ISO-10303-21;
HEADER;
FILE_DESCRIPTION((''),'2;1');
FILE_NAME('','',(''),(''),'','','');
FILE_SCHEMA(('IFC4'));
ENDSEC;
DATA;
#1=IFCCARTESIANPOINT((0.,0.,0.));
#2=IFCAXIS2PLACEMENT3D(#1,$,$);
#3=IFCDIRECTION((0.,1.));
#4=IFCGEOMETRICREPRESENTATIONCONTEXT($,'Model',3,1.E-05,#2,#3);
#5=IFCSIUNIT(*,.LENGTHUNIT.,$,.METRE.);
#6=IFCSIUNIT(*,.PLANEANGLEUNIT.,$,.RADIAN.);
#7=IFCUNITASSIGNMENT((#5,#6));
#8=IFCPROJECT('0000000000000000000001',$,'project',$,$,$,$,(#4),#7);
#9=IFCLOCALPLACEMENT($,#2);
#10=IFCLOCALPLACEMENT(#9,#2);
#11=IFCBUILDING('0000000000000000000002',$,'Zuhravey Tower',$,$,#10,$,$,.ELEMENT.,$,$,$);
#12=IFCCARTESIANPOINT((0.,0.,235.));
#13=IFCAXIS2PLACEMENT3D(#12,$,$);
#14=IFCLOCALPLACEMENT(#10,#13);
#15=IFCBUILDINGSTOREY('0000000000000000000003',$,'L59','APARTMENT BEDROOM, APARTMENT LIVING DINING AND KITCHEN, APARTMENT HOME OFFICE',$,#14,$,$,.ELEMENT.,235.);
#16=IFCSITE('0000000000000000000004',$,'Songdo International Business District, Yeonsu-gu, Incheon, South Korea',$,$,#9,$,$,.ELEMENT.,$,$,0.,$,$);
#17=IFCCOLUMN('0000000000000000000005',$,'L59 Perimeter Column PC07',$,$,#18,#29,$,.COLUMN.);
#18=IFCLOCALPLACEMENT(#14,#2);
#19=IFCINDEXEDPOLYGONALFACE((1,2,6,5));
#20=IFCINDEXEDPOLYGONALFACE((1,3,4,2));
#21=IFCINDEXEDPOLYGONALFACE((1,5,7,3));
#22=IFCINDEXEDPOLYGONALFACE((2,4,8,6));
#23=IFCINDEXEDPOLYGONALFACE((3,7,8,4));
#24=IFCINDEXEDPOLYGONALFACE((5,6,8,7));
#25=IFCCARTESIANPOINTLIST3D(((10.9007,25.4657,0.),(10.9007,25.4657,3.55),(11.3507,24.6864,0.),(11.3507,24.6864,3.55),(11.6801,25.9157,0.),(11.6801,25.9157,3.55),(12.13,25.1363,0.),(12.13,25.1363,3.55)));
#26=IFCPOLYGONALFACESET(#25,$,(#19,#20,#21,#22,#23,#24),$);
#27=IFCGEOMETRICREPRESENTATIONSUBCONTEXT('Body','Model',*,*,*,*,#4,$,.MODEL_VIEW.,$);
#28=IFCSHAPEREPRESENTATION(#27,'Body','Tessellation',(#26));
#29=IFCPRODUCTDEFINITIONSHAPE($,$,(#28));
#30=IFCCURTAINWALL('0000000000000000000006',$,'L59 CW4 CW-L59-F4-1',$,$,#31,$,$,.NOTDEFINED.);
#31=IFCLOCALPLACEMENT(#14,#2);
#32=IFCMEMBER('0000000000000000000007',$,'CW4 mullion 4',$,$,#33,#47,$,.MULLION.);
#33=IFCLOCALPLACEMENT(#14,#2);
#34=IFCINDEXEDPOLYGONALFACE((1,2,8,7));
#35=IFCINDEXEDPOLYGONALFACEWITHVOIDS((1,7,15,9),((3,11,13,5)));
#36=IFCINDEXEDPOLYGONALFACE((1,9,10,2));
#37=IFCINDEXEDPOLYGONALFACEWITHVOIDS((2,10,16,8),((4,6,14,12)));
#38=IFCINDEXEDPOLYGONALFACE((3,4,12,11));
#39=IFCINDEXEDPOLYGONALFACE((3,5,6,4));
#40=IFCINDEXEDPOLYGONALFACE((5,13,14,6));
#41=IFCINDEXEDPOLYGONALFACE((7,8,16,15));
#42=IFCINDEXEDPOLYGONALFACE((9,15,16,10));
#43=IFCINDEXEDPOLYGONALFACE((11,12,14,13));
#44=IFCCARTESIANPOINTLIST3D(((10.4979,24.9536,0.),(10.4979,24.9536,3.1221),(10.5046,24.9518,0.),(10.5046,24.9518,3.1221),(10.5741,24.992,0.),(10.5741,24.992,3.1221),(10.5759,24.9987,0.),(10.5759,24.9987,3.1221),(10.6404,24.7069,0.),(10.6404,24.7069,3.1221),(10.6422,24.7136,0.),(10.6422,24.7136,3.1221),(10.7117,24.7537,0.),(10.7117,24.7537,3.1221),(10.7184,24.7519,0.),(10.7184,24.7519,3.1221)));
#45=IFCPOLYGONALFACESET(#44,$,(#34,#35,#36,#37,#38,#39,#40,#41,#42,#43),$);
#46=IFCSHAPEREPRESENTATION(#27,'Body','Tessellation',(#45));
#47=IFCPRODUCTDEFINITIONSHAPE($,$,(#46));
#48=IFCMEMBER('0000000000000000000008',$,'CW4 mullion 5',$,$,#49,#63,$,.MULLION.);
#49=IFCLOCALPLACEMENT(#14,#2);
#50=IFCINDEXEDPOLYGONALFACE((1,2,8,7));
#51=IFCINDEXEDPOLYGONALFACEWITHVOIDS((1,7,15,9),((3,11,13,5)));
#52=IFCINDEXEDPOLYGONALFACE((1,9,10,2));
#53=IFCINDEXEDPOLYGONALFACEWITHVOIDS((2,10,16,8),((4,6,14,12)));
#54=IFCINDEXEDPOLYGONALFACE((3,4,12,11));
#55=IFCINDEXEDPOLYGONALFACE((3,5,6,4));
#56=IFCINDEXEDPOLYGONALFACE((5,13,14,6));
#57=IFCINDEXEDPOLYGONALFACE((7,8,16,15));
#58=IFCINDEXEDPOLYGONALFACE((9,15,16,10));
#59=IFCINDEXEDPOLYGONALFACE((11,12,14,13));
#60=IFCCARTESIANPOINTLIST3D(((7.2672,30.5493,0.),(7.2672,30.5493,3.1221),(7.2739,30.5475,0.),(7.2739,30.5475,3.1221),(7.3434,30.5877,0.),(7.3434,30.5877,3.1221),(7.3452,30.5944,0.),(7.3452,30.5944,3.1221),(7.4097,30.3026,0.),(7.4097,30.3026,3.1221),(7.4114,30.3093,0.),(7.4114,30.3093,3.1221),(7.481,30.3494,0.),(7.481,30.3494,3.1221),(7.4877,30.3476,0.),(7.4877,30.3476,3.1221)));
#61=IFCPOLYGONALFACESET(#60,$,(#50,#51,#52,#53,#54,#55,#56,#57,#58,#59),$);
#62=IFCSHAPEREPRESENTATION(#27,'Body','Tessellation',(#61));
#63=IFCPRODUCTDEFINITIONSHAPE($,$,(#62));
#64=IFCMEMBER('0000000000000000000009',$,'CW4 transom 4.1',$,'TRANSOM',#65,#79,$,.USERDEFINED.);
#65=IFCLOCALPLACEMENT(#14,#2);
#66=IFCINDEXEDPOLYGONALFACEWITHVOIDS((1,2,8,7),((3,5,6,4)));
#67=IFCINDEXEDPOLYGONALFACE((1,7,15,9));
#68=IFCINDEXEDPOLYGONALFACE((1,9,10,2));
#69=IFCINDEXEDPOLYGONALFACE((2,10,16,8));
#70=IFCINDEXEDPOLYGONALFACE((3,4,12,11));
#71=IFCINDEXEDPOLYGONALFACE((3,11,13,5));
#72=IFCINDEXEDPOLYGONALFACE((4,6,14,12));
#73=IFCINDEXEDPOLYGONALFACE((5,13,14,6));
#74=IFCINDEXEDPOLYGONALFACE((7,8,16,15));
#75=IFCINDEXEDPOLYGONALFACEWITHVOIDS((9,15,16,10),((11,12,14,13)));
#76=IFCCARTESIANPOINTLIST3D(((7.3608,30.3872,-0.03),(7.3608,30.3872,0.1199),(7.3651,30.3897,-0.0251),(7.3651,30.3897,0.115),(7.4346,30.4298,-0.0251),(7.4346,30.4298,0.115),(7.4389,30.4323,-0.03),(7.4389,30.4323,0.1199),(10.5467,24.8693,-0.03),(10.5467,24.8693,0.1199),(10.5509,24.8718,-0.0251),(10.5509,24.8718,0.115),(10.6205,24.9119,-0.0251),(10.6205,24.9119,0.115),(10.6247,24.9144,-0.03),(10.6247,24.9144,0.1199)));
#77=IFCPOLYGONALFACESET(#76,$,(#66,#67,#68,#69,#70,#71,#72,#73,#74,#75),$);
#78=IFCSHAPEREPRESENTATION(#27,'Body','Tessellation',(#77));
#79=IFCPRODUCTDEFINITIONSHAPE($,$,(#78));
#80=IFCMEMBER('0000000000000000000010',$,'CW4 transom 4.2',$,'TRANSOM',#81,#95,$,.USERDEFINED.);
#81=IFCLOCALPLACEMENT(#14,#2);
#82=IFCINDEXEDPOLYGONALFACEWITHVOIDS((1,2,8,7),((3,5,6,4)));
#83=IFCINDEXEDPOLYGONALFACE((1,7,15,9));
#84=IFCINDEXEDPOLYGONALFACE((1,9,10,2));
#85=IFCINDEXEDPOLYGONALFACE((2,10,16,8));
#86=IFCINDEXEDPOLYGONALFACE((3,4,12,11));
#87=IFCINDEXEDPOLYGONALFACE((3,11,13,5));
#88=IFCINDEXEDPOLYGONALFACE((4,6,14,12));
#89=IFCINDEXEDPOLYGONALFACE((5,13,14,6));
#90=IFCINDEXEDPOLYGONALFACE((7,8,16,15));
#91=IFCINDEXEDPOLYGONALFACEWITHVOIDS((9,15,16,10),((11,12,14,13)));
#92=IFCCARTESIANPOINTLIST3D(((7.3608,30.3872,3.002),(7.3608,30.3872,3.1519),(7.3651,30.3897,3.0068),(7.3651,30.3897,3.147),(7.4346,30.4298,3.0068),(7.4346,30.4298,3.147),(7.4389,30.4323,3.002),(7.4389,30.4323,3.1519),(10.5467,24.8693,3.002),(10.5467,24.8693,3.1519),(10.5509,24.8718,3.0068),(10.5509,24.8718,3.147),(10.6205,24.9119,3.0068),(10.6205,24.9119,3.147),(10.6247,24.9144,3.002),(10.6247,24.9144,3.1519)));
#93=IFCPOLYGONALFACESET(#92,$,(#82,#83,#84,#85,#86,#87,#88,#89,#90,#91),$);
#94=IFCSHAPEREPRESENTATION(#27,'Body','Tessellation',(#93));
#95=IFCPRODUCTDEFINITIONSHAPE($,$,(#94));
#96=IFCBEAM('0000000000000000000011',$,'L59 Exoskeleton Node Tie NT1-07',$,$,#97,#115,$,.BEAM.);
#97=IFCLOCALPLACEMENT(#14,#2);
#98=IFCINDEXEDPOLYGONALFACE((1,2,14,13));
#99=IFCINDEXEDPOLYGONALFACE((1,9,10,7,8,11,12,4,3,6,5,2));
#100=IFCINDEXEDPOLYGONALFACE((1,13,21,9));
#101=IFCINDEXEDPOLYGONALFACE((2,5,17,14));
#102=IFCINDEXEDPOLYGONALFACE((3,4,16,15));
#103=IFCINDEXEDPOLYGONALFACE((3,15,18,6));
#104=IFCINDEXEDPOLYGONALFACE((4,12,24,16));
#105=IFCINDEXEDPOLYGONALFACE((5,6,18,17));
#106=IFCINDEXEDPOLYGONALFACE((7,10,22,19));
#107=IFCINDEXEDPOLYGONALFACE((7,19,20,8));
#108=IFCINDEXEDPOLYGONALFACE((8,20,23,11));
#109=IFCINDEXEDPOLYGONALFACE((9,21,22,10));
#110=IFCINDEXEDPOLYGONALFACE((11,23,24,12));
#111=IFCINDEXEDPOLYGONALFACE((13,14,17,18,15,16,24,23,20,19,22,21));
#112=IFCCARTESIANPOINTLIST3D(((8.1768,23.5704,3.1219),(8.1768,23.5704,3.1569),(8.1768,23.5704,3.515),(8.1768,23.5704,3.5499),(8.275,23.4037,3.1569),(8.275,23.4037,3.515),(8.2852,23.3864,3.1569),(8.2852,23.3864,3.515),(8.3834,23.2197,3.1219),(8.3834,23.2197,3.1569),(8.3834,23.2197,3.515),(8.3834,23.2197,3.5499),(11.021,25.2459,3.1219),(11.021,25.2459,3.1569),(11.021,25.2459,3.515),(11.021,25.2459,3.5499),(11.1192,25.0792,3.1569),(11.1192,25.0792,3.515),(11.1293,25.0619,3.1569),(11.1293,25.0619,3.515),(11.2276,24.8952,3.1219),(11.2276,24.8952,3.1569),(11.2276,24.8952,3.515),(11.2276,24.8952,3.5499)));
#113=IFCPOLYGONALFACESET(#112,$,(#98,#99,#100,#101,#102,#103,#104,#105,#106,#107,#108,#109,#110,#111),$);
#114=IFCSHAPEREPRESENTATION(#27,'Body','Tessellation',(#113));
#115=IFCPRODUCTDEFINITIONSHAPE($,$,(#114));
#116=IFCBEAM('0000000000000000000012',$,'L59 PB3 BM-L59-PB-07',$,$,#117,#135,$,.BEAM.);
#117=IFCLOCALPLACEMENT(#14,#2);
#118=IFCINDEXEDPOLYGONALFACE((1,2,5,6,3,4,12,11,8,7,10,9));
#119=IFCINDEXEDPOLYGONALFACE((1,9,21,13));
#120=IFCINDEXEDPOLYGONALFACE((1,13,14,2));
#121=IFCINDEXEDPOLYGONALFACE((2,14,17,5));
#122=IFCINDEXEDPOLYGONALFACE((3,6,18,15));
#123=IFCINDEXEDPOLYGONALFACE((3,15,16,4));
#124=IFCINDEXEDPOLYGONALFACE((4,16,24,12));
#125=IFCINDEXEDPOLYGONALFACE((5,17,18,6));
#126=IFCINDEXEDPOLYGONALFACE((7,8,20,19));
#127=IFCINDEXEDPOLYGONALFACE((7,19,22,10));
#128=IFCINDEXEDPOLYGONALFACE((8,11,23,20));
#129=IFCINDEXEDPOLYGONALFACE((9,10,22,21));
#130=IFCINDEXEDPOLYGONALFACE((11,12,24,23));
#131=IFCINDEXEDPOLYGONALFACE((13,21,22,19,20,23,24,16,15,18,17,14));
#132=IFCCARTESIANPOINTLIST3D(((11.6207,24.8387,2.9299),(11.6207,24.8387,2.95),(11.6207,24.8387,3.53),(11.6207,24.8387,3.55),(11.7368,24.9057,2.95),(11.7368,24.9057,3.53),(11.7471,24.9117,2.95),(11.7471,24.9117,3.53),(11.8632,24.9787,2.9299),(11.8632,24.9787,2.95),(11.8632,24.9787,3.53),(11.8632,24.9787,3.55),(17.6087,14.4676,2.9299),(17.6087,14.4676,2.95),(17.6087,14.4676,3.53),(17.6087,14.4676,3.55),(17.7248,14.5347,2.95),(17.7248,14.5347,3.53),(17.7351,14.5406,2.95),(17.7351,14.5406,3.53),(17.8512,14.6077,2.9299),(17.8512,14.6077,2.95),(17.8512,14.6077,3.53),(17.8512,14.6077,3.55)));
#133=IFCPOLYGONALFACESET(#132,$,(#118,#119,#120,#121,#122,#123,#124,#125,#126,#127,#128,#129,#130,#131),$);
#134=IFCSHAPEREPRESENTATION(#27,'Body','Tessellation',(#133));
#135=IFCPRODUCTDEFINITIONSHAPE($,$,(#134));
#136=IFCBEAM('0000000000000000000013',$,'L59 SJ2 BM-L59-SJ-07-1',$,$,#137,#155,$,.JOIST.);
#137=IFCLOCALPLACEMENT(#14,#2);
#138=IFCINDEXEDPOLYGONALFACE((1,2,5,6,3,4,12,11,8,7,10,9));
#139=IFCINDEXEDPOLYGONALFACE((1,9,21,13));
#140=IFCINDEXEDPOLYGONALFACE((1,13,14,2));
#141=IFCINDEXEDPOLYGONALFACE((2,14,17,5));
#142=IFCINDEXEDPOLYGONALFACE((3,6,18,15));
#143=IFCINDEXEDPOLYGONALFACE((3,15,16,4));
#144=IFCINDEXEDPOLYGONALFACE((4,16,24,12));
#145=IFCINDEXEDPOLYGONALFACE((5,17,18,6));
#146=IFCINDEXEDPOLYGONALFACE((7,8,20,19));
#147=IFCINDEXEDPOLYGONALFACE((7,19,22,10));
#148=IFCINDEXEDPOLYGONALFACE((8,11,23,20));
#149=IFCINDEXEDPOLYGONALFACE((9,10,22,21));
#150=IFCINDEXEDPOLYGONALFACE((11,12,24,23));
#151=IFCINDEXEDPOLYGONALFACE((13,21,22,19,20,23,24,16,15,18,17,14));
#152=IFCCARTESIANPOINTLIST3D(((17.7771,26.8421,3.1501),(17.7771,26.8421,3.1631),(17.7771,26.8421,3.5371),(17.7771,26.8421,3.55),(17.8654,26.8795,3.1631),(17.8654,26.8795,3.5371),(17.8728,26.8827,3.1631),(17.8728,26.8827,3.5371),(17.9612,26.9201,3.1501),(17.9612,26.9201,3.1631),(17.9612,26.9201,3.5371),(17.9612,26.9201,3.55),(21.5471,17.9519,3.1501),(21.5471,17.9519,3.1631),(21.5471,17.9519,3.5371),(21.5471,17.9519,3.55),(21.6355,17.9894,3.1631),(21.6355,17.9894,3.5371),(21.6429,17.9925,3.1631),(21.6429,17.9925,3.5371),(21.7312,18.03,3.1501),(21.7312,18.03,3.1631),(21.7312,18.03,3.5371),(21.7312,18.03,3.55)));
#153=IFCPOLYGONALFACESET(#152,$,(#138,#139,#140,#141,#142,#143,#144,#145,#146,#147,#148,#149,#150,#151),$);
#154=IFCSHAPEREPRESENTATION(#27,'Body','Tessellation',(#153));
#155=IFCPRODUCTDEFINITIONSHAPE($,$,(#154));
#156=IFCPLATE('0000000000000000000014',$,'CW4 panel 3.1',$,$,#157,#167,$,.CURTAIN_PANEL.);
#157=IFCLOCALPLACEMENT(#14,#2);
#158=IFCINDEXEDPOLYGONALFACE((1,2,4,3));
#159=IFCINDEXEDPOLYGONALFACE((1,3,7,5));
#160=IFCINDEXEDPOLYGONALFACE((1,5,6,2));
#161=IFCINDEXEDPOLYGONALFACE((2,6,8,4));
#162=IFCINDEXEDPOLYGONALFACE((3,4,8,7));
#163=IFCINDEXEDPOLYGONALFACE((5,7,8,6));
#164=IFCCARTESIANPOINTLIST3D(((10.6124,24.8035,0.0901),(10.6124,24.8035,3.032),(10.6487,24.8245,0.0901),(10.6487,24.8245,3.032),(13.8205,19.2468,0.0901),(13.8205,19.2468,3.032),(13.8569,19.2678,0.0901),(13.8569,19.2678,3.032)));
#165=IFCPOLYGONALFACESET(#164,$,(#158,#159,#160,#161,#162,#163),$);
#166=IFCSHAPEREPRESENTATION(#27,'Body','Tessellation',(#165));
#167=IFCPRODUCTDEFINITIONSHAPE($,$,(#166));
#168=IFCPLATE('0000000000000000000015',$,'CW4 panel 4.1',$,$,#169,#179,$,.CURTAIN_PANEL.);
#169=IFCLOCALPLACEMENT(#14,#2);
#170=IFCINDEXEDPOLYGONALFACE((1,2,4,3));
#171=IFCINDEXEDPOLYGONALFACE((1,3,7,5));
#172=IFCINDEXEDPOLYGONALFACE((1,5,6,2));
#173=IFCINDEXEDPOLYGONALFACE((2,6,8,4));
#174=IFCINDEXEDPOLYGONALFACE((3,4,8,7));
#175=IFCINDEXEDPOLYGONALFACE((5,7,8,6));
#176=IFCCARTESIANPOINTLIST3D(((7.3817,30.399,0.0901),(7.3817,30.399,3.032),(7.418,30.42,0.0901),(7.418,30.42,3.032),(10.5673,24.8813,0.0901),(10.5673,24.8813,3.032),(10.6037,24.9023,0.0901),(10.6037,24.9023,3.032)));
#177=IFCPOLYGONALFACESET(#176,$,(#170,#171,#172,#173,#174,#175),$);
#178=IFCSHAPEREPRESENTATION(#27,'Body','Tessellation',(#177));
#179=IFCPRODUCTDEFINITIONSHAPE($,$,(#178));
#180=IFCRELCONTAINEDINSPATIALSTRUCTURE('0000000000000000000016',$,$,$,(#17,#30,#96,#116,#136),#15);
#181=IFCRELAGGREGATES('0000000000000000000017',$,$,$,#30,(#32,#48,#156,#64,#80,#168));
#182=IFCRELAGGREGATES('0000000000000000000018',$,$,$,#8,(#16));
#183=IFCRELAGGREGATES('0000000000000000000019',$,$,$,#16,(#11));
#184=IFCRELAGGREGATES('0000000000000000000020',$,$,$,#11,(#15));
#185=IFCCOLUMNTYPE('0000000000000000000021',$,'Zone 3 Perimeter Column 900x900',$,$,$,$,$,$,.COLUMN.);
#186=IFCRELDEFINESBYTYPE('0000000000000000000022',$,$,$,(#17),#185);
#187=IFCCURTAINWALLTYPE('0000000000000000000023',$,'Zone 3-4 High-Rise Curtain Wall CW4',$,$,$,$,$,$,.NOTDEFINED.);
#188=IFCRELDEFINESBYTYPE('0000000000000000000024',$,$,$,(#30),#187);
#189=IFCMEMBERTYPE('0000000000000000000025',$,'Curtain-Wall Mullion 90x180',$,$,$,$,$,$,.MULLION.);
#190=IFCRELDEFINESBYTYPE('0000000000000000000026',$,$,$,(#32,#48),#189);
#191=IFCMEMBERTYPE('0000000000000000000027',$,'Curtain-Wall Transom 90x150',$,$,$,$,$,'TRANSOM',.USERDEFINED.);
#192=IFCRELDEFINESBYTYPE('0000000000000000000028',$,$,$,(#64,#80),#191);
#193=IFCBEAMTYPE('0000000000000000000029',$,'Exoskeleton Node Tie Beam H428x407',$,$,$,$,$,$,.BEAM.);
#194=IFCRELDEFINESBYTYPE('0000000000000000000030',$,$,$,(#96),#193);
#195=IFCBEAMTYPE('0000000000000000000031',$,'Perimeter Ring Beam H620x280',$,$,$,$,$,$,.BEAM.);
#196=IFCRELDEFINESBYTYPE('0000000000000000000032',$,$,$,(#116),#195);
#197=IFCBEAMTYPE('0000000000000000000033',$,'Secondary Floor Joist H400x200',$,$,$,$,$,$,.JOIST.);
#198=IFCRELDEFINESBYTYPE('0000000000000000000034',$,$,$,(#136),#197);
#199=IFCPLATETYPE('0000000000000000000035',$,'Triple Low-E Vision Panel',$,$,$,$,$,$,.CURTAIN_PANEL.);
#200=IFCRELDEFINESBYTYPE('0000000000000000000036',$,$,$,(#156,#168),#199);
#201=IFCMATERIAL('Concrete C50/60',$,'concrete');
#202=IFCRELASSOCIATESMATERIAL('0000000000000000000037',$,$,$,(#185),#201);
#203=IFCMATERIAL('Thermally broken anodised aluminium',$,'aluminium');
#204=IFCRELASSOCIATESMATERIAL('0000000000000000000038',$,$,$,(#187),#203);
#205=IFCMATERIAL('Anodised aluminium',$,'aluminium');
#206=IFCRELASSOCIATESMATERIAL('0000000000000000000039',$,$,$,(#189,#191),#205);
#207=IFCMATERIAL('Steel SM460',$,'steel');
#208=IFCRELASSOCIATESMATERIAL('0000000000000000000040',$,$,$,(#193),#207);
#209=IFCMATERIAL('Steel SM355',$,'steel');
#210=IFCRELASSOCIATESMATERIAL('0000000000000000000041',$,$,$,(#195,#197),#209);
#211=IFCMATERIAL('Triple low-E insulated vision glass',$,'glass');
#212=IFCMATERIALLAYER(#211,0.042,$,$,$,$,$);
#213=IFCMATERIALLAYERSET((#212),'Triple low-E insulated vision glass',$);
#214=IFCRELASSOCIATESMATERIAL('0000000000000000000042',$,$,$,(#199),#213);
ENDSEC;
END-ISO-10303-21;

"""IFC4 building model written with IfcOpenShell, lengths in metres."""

from ifc_helpers import new_model, si_unit, direction, frame, origin, origin_2d, place, context, subcontext, project, spatial, rectangle, hollow_rectangle, i_section, extrude, material, layer, layer_set, material_profile, profile_set, type_object, element, aggregate, save


model = new_model("IFC4")

# Units and contexts
model_context = context("Model", 3, precision=1e-05, world=origin(), true_north=direction((0.0, 1.0)))
body_context = subcontext(model_context, "Body", "Model", "MODEL_VIEW")
ifc_project = project(units=[si_unit("LENGTHUNIT", "METRE"), si_unit("PLANEANGLEUNIT", "RADIAN")], contexts=[model_context])

# Site, building, storey
site_placement = place(None, origin())
site = spatial("IfcSite", under=ifc_project, at=site_placement, Name="Songdo International Business District, Yeonsu-gu, Incheon, South Korea", CompositionType="ELEMENT", RefElevation=0.0)
building_placement = place(site_placement, origin())
building = spatial("IfcBuilding", under=site, at=building_placement, Name="Zuhravey Tower", CompositionType="ELEMENT")
storey_placement = place(building_placement, frame((0.0, 0.0, 235.0)))
storey = spatial("IfcBuildingStorey", under=building, at=storey_placement, Name="L59", Description="APARTMENT BEDROOM, APARTMENT LIVING DINING AND KITCHEN, APARTMENT HOME OFFICE", CompositionType="ELEMENT", Elevation=235.0)

# Column
ifc_material_1 = material(Name="Concrete C50/60", Category="concrete")
ifc_material_profile_1 = material_profile(ifc_material_1, rectangle(XDim=0.8999, YDim=0.8999, at=origin_2d()), Name="RC-900x900")
ifc_profile_set_1 = profile_set([ifc_material_profile_1], Name="Concrete C50/60")
column_type = type_object("IfcColumnType", Name="Zone 3 Perimeter Column 900x900", PredefinedType="COLUMN", material=ifc_profile_set_1)
column_placement = place(storey_placement, frame((11.5154, 25.301, 0.0), z_axis=(0.0, 0.0, 1.0), x_axis=(0.5, -0.866025, 0.0)))
element("IfcColumn", 1, at=column_placement, inside=storey, type_object=column_type, Name="L59 Perimeter Column PC07", PredefinedType="COLUMN", context=body_context, shape_type="SweptSolid", body=[
    extrude(rectangle(XDim=0.8999, YDim=0.8999, at=origin_2d()), origin(), (0.0, 0.0, 1.0), 3.55),
])

# Curtain wall, members
ifc_material_2 = material(Name="Thermally broken anodised aluminium", Category="aluminium")
curtain_wall_type = type_object("IfcCurtainWallType", Name="Zone 3-4 High-Rise Curtain Wall CW4", PredefinedType="NOTDEFINED", material=ifc_material_2)
curtain_wall_placement = place(storey_placement, origin())
curtain_wall = element("IfcCurtainWall", 2, at=curtain_wall_placement, inside=storey, type_object=curtain_wall_type, Name="L59 CW4 CW-L59-F4-1", PredefinedType="NOTDEFINED")
ifc_material_3 = material(Name="Anodised aluminium", Category="aluminium")
ifc_material_profile_2 = material_profile(ifc_material_3, hollow_rectangle(XDim=0.0901, YDim=0.2849, WallThickness=0.0049, at=origin_2d()), Name="ALU-RHS-90x285x5")
ifc_profile_set_2 = profile_set([ifc_material_profile_2], Name="Anodised aluminium")
member_type_1 = type_object("IfcMemberType", Name="Curtain-Wall Mullion 90x180", PredefinedType="MULLION", material=ifc_profile_set_2)
member_1_placement = place(storey_placement, frame((10.6082, 24.8528, 0.0), z_axis=(0.0, 0.0, 1.0), x_axis=(-0.866025, -0.500001, 0.0)))
member_1 = element("IfcMember", 3, at=member_1_placement, type_object=member_type_1, Name="CW4 mullion 4", PredefinedType="MULLION", context=body_context, shape_type="SweptSolid", body=[
    extrude(hollow_rectangle(XDim=0.0901, YDim=0.2849, WallThickness=0.0049, at=origin_2d()), origin(), (0.0, 0.0, 1.0), 3.1221),
])
member_2_placement = place(storey_placement, frame((7.3774, 30.4485, 0.0), z_axis=(0.0, 0.0, 1.0), x_axis=(-0.866025, -0.500001, 0.0)))
member_2 = element("IfcMember", 4, at=member_2_placement, type_object=member_type_1, Name="CW4 mullion 5", PredefinedType="MULLION", context=body_context, shape_type="SweptSolid", body=[
    extrude(hollow_rectangle(XDim=0.0901, YDim=0.2849, WallThickness=0.0049, at=origin_2d()), origin(), (0.0, 0.0, 1.0), 3.1221),
])
ifc_material_profile_3 = material_profile(ifc_material_3, hollow_rectangle(XDim=0.0901, YDim=0.1499, WallThickness=0.0049, at=origin_2d()), Name="ALU-RHS-90x150x5")
ifc_profile_set_3 = profile_set([ifc_material_profile_3], Name="Anodised aluminium")
member_type_2 = type_object("IfcMemberType", Name="Curtain-Wall Transom 90x150", ElementType="TRANSOM", PredefinedType="USERDEFINED", material=ifc_profile_set_3)
member_3_placement = place(storey_placement, frame((10.5857, 24.8918, 0.0449), z_axis=(-0.500009, 0.86602, 0.0), x_axis=(-0.86602, -0.500009, 0.0)))
member_3 = element("IfcMember", 5, at=member_3_placement, type_object=member_type_2, Name="CW4 transom 4.1", ObjectType="TRANSOM", PredefinedType="USERDEFINED", context=body_context, shape_type="SweptSolid", body=[
    extrude(hollow_rectangle(XDim=0.0901, YDim=0.1499, WallThickness=0.0049, at=origin_2d()), origin(), (0.0, 0.0, 1.0), 6.3716),
])
member_4_placement = place(storey_placement, frame((10.5857, 24.8918, 3.0769), z_axis=(-0.500009, 0.86602, 0.0), x_axis=(-0.86602, -0.500009, 0.0)))
member_4 = element("IfcMember", 6, at=member_4_placement, type_object=member_type_2, Name="CW4 transom 4.2", ObjectType="TRANSOM", PredefinedType="USERDEFINED", context=body_context, shape_type="SweptSolid", body=[
    extrude(hollow_rectangle(XDim=0.0901, YDim=0.1499, WallThickness=0.0049, at=origin_2d()), origin(), (0.0, 0.0, 1.0), 6.3716),
])

# Beams
ifc_material_4 = material(Name="Steel SM460", Category="steel")
ifc_material_profile_4 = material_profile(ifc_material_4, i_section(OverallWidth=0.407, OverallDepth=0.428, WebThickness=0.02, FlangeThickness=0.0349, at=origin_2d()), Name="H-428x407x20x35")
ifc_profile_set_4 = profile_set([ifc_material_profile_4], Name="Steel SM460")
beam_type_1 = type_object("IfcBeamType", Name="Exoskeleton Node Tie Beam H428x407", PredefinedType="BEAM", material=ifc_profile_set_4)
beam_1_placement = place(storey_placement, frame((11.1243, 25.0706, 3.3359), z_axis=(-0.861609, -0.507573, 0.0), x_axis=(0.507573, -0.861609, 0.0)))
element("IfcBeam", 7, at=beam_1_placement, inside=storey, type_object=beam_type_1, Name="L59 Exoskeleton Node Tie NT1-07", PredefinedType="BEAM", context=body_context, shape_type="SweptSolid", body=[
    extrude(i_section(OverallWidth=0.407, OverallDepth=0.428, WebThickness=0.02, FlangeThickness=0.0349, at=origin_2d()), origin(), (0.0, 0.0, 1.0), 3.301),
])
ifc_material_5 = material(Name="Steel SM355", Category="steel")
ifc_material_profile_5 = material_profile(ifc_material_5, i_section(OverallWidth=0.28, OverallDepth=0.6201, WebThickness=0.012, FlangeThickness=0.02, at=origin_2d()), Name="H-620x280x12x20")
ifc_profile_set_5 = profile_set([ifc_material_profile_5], Name="Steel SM355")
beam_type_2 = type_object("IfcBeamType", Name="Perimeter Ring Beam H620x280", PredefinedType="BEAM", material=ifc_profile_set_5)
beam_2_placement = place(storey_placement, frame((11.7419, 24.9087, 3.24), z_axis=(0.500018, -0.866015, 0.0), x_axis=(0.866015, 0.500018, 0.0)))
element("IfcBeam", 8, at=beam_2_placement, inside=storey, type_object=beam_type_2, Name="L59 PB3 BM-L59-PB-07", PredefinedType="BEAM", context=body_context, shape_type="SweptSolid", body=[
    extrude(i_section(OverallWidth=0.28, OverallDepth=0.6201, WebThickness=0.012, FlangeThickness=0.02, at=origin_2d()), origin(), (0.0, 0.0, 1.0), 11.9756),
])
ifc_material_profile_6 = material_profile(ifc_material_5, i_section(OverallWidth=0.2, OverallDepth=0.3999, WebThickness=0.0081, FlangeThickness=0.0129, at=origin_2d()), Name="H-400x200x8x13")
ifc_profile_set_6 = profile_set([ifc_material_profile_6], Name="Steel SM355")
beam_type_3 = type_object("IfcBeamType", Name="Secondary Floor Joist H400x200", PredefinedType="JOIST", material=ifc_profile_set_6)
beam_3_placement = place(storey_placement, frame((17.8691, 26.8811, 3.3501), z_axis=(0.390413, -0.92064, 0.0), x_axis=(0.92064, 0.390413, 0.0)))
element("IfcBeam", 9, at=beam_3_placement, inside=storey, type_object=beam_type_3, Name="L59 SJ2 BM-L59-SJ-07-1", PredefinedType="JOIST", context=body_context, shape_type="SweptSolid", body=[
    extrude(i_section(OverallWidth=0.2, OverallDepth=0.3999, WebThickness=0.0081, FlangeThickness=0.0129, at=origin_2d()), origin(), (0.0, 0.0, 1.0), 9.6565),
])

# Plates
ifc_material_6 = material(Name="Triple low-E insulated vision glass", Category="glass")
ifc_layer_1 = layer(ifc_material_6, 0.042)
ifc_layer_set_1 = layer_set([ifc_layer_1], Name="Triple low-E insulated vision glass")
plate_type = type_object("IfcPlateType", Name="Triple Low-E Vision Panel", PredefinedType="CURTAIN_PANEL", material=ifc_layer_set_1)
plate_1_placement = place(storey_placement, frame((12.2346, 22.0356, 0.0901), z_axis=(0.0, 0.0, 1.0), x_axis=(-0.500001, 0.866025, 0.0)))
plate_1 = element("IfcPlate", 10, at=plate_1_placement, type_object=plate_type, Name="CW4 panel 3.1", PredefinedType="CURTAIN_PANEL", context=body_context, shape_type="SweptSolid", body=[
    extrude(rectangle(XDim=6.4163, YDim=0.042, at=origin_2d()), origin(), (0.0, 0.0, 1.0), 2.9419),
])
plate_2_placement = place(storey_placement, frame((8.9927, 27.6506, 0.0901), z_axis=(0.0, 0.0, 1.0), x_axis=(-0.500001, 0.866025, 0.0)))
plate_2 = element("IfcPlate", 11, at=plate_2_placement, type_object=plate_type, Name="CW4 panel 4.1", PredefinedType="CURTAIN_PANEL", context=body_context, shape_type="SweptSolid", body=[
    extrude(rectangle(XDim=6.3713, YDim=0.042, at=origin_2d()), origin(), (0.0, 0.0, 1.0), 2.9419),
])
aggregate(curtain_wall, [member_1, member_2, plate_1, member_3, member_4, plate_2])

save(model, "model.ifc")
